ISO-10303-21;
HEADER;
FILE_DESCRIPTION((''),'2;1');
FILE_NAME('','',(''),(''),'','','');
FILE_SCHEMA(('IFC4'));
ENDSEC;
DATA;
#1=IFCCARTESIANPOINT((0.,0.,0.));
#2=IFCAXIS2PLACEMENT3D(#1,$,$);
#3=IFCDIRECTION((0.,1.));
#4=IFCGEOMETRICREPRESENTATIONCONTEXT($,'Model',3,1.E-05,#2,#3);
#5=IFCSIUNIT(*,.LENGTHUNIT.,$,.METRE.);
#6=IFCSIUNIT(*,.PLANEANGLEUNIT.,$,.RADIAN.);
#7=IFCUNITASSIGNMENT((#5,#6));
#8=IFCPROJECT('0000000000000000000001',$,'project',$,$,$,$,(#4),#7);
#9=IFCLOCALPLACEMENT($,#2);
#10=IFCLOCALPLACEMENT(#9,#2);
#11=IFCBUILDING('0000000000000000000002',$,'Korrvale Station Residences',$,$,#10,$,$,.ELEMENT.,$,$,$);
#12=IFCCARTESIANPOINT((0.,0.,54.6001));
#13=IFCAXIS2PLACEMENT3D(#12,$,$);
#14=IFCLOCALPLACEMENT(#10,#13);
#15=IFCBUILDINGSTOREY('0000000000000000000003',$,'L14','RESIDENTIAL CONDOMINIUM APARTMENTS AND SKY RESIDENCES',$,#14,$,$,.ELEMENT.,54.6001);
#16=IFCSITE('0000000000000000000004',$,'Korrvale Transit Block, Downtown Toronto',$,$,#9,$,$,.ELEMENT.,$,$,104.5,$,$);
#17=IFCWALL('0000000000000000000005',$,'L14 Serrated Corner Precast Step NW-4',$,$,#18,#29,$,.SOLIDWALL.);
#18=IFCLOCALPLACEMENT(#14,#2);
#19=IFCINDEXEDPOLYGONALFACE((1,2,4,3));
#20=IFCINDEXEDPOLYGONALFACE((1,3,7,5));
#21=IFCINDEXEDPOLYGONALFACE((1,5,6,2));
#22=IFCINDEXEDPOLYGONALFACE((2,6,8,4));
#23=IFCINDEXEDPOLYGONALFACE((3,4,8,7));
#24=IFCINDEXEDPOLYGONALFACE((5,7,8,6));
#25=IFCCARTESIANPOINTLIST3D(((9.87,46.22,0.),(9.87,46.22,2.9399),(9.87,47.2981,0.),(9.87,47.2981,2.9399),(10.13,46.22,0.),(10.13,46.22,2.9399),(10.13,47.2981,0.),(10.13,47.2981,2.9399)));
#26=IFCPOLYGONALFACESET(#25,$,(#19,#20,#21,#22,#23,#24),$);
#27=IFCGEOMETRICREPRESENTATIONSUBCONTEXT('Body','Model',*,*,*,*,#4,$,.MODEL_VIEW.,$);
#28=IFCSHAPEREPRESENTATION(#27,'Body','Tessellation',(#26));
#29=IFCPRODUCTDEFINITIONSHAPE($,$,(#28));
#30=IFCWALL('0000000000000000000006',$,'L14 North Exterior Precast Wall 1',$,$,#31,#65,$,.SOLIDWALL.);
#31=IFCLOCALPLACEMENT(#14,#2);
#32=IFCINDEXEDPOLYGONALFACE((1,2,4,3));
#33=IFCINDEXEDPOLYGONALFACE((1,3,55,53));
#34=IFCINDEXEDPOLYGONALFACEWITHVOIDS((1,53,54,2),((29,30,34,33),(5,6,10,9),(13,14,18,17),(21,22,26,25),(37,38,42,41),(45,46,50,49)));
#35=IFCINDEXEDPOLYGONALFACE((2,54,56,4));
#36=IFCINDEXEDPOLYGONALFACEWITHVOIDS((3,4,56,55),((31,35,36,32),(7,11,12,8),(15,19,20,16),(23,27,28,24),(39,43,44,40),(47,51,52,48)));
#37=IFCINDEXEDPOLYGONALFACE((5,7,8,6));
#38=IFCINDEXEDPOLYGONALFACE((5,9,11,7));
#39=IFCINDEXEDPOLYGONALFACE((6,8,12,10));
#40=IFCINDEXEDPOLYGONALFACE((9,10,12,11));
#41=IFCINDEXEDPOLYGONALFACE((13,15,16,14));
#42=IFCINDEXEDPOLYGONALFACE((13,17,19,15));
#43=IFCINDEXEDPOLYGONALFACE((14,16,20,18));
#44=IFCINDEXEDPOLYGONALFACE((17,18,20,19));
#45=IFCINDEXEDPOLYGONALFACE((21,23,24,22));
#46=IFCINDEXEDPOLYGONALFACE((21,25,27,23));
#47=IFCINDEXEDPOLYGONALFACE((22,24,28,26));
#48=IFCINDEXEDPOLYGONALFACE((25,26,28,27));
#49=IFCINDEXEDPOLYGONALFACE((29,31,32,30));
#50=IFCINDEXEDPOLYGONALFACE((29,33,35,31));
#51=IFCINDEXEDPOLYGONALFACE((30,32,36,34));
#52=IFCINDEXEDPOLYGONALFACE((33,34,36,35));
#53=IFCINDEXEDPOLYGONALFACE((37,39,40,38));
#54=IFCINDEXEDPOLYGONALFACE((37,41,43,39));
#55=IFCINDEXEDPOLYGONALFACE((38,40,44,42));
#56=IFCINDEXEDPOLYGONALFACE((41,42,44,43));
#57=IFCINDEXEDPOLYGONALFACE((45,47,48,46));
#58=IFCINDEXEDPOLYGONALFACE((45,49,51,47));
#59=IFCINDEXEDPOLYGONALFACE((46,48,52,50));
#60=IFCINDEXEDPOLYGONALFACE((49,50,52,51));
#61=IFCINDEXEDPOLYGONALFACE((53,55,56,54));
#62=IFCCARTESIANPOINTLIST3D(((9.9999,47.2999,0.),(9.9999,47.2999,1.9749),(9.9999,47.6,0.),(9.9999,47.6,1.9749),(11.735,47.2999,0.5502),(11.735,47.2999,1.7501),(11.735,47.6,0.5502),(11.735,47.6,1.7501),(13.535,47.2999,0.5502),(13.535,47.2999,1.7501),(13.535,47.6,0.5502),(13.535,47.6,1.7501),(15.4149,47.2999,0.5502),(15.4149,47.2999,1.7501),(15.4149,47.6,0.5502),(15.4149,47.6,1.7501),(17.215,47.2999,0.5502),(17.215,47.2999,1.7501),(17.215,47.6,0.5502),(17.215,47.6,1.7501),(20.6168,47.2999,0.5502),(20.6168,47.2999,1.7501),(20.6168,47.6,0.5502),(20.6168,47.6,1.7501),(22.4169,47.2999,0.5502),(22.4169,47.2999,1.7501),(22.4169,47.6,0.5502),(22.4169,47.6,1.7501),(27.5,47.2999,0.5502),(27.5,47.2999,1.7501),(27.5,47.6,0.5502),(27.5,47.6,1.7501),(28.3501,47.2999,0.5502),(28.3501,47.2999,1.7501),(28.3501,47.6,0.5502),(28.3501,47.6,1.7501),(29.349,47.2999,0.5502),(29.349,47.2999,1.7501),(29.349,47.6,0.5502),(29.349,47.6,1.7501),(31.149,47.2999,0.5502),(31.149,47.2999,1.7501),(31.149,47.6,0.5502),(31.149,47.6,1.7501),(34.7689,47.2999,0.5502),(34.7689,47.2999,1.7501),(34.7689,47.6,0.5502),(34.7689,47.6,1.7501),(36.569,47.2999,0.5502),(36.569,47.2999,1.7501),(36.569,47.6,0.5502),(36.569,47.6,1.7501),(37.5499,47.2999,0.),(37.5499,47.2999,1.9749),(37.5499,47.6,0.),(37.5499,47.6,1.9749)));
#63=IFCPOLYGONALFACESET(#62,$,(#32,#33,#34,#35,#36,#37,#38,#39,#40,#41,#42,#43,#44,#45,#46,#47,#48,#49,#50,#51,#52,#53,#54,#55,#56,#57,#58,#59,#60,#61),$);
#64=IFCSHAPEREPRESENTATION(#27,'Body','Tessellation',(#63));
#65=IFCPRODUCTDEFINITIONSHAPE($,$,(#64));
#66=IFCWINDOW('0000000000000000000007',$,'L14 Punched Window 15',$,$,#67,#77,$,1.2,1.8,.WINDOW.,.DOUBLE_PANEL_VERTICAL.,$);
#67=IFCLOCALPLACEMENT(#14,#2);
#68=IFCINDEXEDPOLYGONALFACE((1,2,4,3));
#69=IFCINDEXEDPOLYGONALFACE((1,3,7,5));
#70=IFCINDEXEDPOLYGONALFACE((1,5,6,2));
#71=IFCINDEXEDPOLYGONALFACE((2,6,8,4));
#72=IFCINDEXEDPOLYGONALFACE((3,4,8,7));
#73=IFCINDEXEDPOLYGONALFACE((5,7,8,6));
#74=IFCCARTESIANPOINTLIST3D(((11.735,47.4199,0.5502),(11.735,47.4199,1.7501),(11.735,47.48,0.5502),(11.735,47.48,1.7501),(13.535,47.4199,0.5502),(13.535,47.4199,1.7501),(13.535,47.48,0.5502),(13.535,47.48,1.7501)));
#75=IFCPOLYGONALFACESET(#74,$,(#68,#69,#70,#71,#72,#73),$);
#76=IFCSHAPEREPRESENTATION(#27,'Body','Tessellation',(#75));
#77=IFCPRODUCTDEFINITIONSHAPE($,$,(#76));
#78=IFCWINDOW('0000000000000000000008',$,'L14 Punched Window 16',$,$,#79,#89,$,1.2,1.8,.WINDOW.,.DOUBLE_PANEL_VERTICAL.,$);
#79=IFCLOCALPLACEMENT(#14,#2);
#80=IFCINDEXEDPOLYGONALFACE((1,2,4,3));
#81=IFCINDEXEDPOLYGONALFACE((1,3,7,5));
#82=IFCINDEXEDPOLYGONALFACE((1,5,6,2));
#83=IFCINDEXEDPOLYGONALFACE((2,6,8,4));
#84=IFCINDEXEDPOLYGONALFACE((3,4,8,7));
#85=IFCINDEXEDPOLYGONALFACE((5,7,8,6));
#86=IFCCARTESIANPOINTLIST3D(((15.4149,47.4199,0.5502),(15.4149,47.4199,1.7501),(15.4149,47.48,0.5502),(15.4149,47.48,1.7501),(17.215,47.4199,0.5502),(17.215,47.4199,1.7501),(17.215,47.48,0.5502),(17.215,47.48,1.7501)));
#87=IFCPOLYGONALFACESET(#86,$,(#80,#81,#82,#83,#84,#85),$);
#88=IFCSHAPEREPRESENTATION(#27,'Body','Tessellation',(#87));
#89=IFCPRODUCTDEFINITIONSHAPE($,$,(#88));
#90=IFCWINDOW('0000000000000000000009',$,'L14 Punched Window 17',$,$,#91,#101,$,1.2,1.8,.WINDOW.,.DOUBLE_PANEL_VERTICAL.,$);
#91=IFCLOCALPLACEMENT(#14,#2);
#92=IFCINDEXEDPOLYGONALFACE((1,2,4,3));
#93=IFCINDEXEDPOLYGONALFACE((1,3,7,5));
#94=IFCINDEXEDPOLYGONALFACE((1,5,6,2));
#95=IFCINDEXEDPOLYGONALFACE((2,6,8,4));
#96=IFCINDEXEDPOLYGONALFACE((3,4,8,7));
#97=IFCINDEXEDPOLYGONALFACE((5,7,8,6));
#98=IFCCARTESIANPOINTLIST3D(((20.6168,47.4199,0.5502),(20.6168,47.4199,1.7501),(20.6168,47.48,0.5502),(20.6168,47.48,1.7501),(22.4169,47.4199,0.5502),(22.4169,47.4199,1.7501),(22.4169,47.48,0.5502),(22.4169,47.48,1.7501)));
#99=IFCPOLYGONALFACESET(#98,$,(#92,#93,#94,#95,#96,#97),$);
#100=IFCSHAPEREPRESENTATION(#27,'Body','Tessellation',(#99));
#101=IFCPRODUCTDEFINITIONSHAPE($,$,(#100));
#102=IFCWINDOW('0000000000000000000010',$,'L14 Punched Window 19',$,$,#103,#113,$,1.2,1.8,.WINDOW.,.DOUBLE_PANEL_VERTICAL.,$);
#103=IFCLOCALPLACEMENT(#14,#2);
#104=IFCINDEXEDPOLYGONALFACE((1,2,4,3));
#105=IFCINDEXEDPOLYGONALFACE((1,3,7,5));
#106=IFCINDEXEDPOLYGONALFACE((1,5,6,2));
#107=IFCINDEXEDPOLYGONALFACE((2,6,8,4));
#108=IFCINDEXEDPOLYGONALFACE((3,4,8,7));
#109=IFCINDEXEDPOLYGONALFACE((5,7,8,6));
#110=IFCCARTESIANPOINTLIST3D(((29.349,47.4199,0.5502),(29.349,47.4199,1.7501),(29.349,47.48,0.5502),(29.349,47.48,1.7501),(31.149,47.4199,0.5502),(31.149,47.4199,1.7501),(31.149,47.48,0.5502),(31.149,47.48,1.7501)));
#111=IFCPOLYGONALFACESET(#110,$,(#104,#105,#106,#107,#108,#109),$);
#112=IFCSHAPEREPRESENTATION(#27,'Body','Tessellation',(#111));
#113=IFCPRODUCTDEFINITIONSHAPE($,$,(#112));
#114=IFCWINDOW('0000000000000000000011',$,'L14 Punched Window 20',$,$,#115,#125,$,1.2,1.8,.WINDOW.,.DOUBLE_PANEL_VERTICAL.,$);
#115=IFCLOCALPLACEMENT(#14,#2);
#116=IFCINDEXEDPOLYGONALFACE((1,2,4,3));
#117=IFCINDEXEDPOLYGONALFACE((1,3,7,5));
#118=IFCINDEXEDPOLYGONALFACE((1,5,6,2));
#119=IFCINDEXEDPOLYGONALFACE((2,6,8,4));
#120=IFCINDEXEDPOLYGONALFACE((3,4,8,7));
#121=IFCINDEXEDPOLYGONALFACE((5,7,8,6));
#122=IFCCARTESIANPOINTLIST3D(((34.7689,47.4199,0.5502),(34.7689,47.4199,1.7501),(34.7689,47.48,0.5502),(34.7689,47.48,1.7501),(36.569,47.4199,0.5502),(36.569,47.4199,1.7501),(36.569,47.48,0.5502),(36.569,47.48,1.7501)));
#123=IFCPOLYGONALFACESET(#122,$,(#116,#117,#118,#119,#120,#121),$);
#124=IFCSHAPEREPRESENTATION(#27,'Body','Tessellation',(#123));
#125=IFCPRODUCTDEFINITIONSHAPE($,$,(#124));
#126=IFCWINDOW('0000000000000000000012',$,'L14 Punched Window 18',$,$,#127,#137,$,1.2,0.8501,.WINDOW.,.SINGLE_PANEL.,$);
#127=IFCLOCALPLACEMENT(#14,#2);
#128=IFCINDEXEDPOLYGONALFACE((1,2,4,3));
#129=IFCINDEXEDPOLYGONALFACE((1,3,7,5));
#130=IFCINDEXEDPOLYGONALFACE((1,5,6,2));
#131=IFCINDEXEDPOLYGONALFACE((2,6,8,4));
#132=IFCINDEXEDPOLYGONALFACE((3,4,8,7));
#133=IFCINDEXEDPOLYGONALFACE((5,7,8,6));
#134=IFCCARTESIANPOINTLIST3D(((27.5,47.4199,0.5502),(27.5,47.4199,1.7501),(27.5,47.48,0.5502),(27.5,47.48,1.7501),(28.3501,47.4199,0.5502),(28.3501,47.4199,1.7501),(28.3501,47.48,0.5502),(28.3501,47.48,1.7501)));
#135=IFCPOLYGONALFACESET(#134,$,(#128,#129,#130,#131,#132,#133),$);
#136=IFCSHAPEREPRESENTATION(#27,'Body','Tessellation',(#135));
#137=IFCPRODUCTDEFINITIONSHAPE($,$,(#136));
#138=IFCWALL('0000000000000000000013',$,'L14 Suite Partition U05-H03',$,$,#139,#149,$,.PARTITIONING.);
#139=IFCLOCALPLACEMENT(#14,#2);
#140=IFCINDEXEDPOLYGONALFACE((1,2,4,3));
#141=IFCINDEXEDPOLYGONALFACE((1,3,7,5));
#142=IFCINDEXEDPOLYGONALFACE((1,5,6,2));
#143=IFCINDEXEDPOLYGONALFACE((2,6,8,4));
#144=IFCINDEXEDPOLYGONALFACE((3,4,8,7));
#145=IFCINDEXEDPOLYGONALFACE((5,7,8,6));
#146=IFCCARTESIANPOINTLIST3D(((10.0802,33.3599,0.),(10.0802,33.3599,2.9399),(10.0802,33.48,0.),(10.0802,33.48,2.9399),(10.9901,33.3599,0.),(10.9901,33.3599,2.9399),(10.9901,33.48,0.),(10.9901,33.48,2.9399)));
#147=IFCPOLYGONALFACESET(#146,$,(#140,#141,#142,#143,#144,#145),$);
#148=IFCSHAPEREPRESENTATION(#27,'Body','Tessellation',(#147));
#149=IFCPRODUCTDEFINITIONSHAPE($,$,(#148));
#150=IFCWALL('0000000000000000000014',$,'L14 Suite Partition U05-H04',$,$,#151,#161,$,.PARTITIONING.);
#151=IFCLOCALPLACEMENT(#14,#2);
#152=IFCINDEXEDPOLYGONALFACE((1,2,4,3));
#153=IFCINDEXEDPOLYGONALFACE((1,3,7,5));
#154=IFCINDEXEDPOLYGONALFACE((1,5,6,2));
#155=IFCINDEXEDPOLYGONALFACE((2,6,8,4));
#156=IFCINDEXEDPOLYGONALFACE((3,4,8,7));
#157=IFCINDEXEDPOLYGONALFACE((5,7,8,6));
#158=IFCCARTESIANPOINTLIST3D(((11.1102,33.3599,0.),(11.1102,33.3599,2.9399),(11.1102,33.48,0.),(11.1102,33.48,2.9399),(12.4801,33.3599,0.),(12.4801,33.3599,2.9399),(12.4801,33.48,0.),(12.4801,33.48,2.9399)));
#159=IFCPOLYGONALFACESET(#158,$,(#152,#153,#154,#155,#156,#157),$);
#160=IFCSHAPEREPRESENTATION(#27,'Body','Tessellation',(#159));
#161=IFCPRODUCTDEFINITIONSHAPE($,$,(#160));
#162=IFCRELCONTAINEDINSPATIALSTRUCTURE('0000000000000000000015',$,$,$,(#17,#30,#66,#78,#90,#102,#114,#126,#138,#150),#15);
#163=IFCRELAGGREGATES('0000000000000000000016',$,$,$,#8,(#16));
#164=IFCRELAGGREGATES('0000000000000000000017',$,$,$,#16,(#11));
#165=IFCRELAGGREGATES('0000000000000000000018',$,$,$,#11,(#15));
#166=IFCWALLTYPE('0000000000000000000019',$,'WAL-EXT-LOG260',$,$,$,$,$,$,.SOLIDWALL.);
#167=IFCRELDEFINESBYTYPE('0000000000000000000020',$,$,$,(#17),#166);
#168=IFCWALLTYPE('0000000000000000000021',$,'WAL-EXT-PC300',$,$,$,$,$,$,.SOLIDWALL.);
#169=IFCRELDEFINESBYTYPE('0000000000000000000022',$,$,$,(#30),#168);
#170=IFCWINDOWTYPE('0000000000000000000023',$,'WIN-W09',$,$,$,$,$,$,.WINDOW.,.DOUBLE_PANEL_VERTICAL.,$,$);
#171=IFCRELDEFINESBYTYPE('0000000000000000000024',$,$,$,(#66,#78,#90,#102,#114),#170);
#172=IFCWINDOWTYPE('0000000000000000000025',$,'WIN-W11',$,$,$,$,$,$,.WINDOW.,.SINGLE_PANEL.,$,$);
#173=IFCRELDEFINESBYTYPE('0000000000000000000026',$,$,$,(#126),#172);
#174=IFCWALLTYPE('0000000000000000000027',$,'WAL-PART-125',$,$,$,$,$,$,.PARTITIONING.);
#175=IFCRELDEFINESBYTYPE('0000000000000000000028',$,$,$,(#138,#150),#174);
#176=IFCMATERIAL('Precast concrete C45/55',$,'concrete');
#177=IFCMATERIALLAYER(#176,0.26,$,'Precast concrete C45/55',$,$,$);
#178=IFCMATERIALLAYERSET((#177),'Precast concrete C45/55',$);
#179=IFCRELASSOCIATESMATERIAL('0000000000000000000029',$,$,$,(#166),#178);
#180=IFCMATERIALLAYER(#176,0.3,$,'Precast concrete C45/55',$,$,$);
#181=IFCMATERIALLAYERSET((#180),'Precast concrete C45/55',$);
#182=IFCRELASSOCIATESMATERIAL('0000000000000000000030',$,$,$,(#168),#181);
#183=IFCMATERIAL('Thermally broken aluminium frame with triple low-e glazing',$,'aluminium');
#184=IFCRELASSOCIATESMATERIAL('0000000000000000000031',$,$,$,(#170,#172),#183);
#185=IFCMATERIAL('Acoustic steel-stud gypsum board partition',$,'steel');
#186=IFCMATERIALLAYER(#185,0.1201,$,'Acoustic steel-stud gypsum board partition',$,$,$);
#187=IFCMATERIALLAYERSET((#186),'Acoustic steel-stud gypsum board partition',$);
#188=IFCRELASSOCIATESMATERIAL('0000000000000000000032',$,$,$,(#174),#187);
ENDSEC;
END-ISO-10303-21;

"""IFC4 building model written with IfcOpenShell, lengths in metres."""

from ifc_helpers import new_model, si_unit, direction, frame, frame_2d, origin, place, context, subcontext, project, spatial, rectangle, extrude, material, layer, layer_set, type_object, element, fill, save


model = new_model("IFC4")

# Units and contexts
model_context = context("Model", 3, precision=1e-05, world=origin(), true_north=direction((0.0, 1.0)))
body_context = subcontext(model_context, "Body", "Model", "MODEL_VIEW")
ifc_project = project(units=[si_unit("LENGTHUNIT", "METRE"), si_unit("PLANEANGLEUNIT", "RADIAN")], contexts=[model_context])

# Site, building, storey
site_placement = place(None, origin())
site = spatial("IfcSite", under=ifc_project, at=site_placement, Name="Korrvale Transit Block, Downtown Toronto", CompositionType="ELEMENT", RefElevation=104.5)
building_placement = place(site_placement, origin())
building = spatial("IfcBuilding", under=site, at=building_placement, Name="Korrvale Station Residences", CompositionType="ELEMENT")
storey_placement = place(building_placement, frame((0.0, 0.0, 54.6001)))
storey = spatial("IfcBuildingStorey", under=building, at=storey_placement, Name="L14", Description="RESIDENTIAL CONDOMINIUM APARTMENTS AND SKY RESIDENCES", CompositionType="ELEMENT", Elevation=54.6001)

# Wall
ifc_material_1 = material(Name="Precast concrete C45/55", Category="concrete")
ifc_layer_1 = layer(ifc_material_1, 0.26, Name="Precast concrete C45/55")
ifc_layer_set_1 = layer_set([ifc_layer_1], Name="Precast concrete C45/55")
wall_type_1 = type_object("IfcWallType", Name="WAL-EXT-LOG260", PredefinedType="SOLIDWALL", material=ifc_layer_set_1)
wall_1_placement = place(storey_placement, frame((10.0, 46.22, 0.0), z_axis=(0.0, 0.0, 1.0), x_axis=(0.0, 1.0, 0.0)))
element("IfcWall", 1, at=wall_1_placement, inside=storey, type_object=wall_type_1, Name="L14 Serrated Corner Precast Step NW-4", PredefinedType="SOLIDWALL", context=body_context, shape_type="SweptSolid", body=[
    extrude(rectangle(XDim=1.0781, YDim=0.26, at=frame_2d((0.5391, 0.0))), origin(), (0.0, 0.0, 1.0), 2.9399),
])

# Wall, openings, windows
ifc_layer_2 = layer(ifc_material_1, 0.3, Name="Precast concrete C45/55")
ifc_layer_set_2 = layer_set([ifc_layer_2], Name="Precast concrete C45/55")
wall_type_2 = type_object("IfcWallType", Name="WAL-EXT-PC300", PredefinedType="SOLIDWALL", material=ifc_layer_set_2)
wall_2_placement = place(storey_placement, frame((10.0, 47.45, 0.0), z_axis=(0.0, 0.0, 1.0), x_axis=(1.0, 0.0, 0.0)))
wall_2 = element("IfcWall", 2, at=wall_2_placement, inside=storey, type_object=wall_type_2, Name="L14 North Exterior Precast Wall 1", PredefinedType="SOLIDWALL", context=body_context, shape_type="SweptSolid", body=[
    extrude(rectangle(XDim=27.55, YDim=0.3, at=frame_2d((13.7749, 0.0))), origin(), (0.0, 0.0, 1.0), 1.9749),
])
opening_1_placement = place(wall_2_placement, frame((1.7351, 0.0, 0.55)))
opening_1 = element("IfcOpeningElement", 3, at=opening_1_placement, cuts=wall_2, PredefinedType="OPENING", context=body_context, shape_type="SweptSolid", body=[
    extrude(rectangle(XDim=1.8, YDim=1.2, at=frame_2d((0.8999, 0.6001))), frame((0.0, 0.1602, 0.0), z_axis=(0.0, -1.0, 0.0), x_axis=(1.0, 0.0, 0.0)), (0.0, 0.0, 1.0), 0.3201),
])
opening_2_placement = place(wall_2_placement, frame((5.415, 0.0, 0.55)))
opening_2 = element("IfcOpeningElement", 4, at=opening_2_placement, cuts=wall_2, PredefinedType="OPENING", context=body_context, shape_type="SweptSolid", body=[
    extrude(rectangle(XDim=1.8, YDim=1.2, at=frame_2d((0.8999, 0.6001))), frame((0.0, 0.1602, 0.0), z_axis=(0.0, -1.0, 0.0), x_axis=(1.0, 0.0, 0.0)), (0.0, 0.0, 1.0), 0.3201),
])
opening_3_placement = place(wall_2_placement, frame((10.6169, 0.0, 0.55)))
opening_3 = element("IfcOpeningElement", 5, at=opening_3_placement, cuts=wall_2, PredefinedType="OPENING", context=body_context, shape_type="SweptSolid", body=[
    extrude(rectangle(XDim=1.8, YDim=1.2, at=frame_2d((0.8999, 0.6001))), frame((0.0, 0.1602, 0.0), z_axis=(0.0, -1.0, 0.0), x_axis=(1.0, 0.0, 0.0)), (0.0, 0.0, 1.0), 0.3201),
])
opening_4_placement = place(wall_2_placement, frame((17.5, 0.0, 0.55)))
opening_4 = element("IfcOpeningElement", 6, at=opening_4_placement, cuts=wall_2, PredefinedType="OPENING", context=body_context, shape_type="SweptSolid", body=[
    extrude(rectangle(XDim=0.8501, YDim=1.2, at=frame_2d((0.425, 0.6001))), frame((0.0, 0.1602, 0.0), z_axis=(0.0, -1.0, 0.0), x_axis=(1.0, 0.0, 0.0)), (0.0, 0.0, 1.0), 0.3201),
])
opening_5_placement = place(wall_2_placement, frame((19.3491, 0.0, 0.55)))
opening_5 = element("IfcOpeningElement", 7, at=opening_5_placement, cuts=wall_2, PredefinedType="OPENING", context=body_context, shape_type="SweptSolid", body=[
    extrude(rectangle(XDim=1.8, YDim=1.2, at=frame_2d((0.8999, 0.6001))), frame((0.0, 0.1602, 0.0), z_axis=(0.0, -1.0, 0.0), x_axis=(1.0, 0.0, 0.0)), (0.0, 0.0, 1.0), 0.3201),
])
opening_6_placement = place(wall_2_placement, frame((24.769, 0.0, 0.55)))
opening_6 = element("IfcOpeningElement", 8, at=opening_6_placement, cuts=wall_2, PredefinedType="OPENING", context=body_context, shape_type="SweptSolid", body=[
    extrude(rectangle(XDim=1.8, YDim=1.2, at=frame_2d((0.8999, 0.6001))), frame((0.0, 0.1602, 0.0), z_axis=(0.0, -1.0, 0.0), x_axis=(1.0, 0.0, 0.0)), (0.0, 0.0, 1.0), 0.3201),
])
ifc_material_2 = material(Name="Thermally broken aluminium frame with triple low-e glazing", Category="aluminium")
window_type_1 = type_object("IfcWindowType", Name="WIN-W09", PartitioningType="DOUBLE_PANEL_VERTICAL", PredefinedType="WINDOW", material=ifc_material_2)
window_1_placement = place(opening_1_placement, origin())
window_1 = element("IfcWindow", 9, at=window_1_placement, inside=storey, type_object=window_type_1, Name="L14 Punched Window 15", OverallHeight=1.2, OverallWidth=1.8, PartitioningType="DOUBLE_PANEL_VERTICAL", PredefinedType="WINDOW", context=body_context, shape_type="SweptSolid", body=[
    extrude(rectangle(XDim=1.8, YDim=1.2, at=frame_2d((0.8999, 0.6001))), frame((0.0, 0.03, 0.0), z_axis=(0.0, -1.0, 0.0), x_axis=(1.0, 0.0, 0.0)), (0.0, 0.0, 1.0), 0.0601),
])
fill(opening_1, window_1)
window_2_placement = place(opening_2_placement, origin())
window_2 = element("IfcWindow", 10, at=window_2_placement, inside=storey, type_object=window_type_1, Name="L14 Punched Window 16", OverallHeight=1.2, OverallWidth=1.8, PartitioningType="DOUBLE_PANEL_VERTICAL", PredefinedType="WINDOW", context=body_context, shape_type="SweptSolid", body=[
    extrude(rectangle(XDim=1.8, YDim=1.2, at=frame_2d((0.8999, 0.6001))), frame((0.0, 0.03, 0.0), z_axis=(0.0, -1.0, 0.0), x_axis=(1.0, 0.0, 0.0)), (0.0, 0.0, 1.0), 0.0601),
])
fill(opening_2, window_2)
window_3_placement = place(opening_3_placement, origin())
window_3 = element("IfcWindow", 11, at=window_3_placement, inside=storey, type_object=window_type_1, Name="L14 Punched Window 17", OverallHeight=1.2, OverallWidth=1.8, PartitioningType="DOUBLE_PANEL_VERTICAL", PredefinedType="WINDOW", context=body_context, shape_type="SweptSolid", body=[
    extrude(rectangle(XDim=1.8, YDim=1.2, at=frame_2d((0.8999, 0.6001))), frame((0.0, 0.03, 0.0), z_axis=(0.0, -1.0, 0.0), x_axis=(1.0, 0.0, 0.0)), (0.0, 0.0, 1.0), 0.0601),
])
fill(opening_3, window_3)
window_4_placement = place(opening_5_placement, origin())
window_4 = element("IfcWindow", 12, at=window_4_placement, inside=storey, type_object=window_type_1, Name="L14 Punched Window 19", OverallHeight=1.2, OverallWidth=1.8, PartitioningType="DOUBLE_PANEL_VERTICAL", PredefinedType="WINDOW", context=body_context, shape_type="SweptSolid", body=[
    extrude(rectangle(XDim=1.8, YDim=1.2, at=frame_2d((0.8999, 0.6001))), frame((0.0, 0.03, 0.0), z_axis=(0.0, -1.0, 0.0), x_axis=(1.0, 0.0, 0.0)), (0.0, 0.0, 1.0), 0.0601),
])
fill(opening_5, window_4)
window_5_placement = place(opening_6_placement, origin())
window_5 = element("IfcWindow", 13, at=window_5_placement, inside=storey, type_object=window_type_1, Name="L14 Punched Window 20", OverallHeight=1.2, OverallWidth=1.8, PartitioningType="DOUBLE_PANEL_VERTICAL", PredefinedType="WINDOW", context=body_context, shape_type="SweptSolid", body=[
    extrude(rectangle(XDim=1.8, YDim=1.2, at=frame_2d((0.8999, 0.6001))), frame((0.0, 0.03, 0.0), z_axis=(0.0, -1.0, 0.0), x_axis=(1.0, 0.0, 0.0)), (0.0, 0.0, 1.0), 0.0601),
])
fill(opening_6, window_5)
window_type_2 = type_object("IfcWindowType", Name="WIN-W11", PartitioningType="SINGLE_PANEL", PredefinedType="WINDOW", material=ifc_material_2)
window_6_placement = place(opening_4_placement, origin())
window_6 = element("IfcWindow", 14, at=window_6_placement, inside=storey, type_object=window_type_2, Name="L14 Punched Window 18", OverallHeight=1.2, OverallWidth=0.8501, PartitioningType="SINGLE_PANEL", PredefinedType="WINDOW", context=body_context, shape_type="SweptSolid", body=[
    extrude(rectangle(XDim=0.8501, YDim=1.2, at=frame_2d((0.425, 0.6001))), frame((0.0, 0.03, 0.0), z_axis=(0.0, -1.0, 0.0), x_axis=(1.0, 0.0, 0.0)), (0.0, 0.0, 1.0), 0.0601),
])
fill(opening_4, window_6)

# Walls
ifc_material_3 = material(Name="Acoustic steel-stud gypsum board partition", Category="steel")
ifc_layer_3 = layer(ifc_material_3, 0.1201, Name="Acoustic steel-stud gypsum board partition")
ifc_layer_set_3 = layer_set([ifc_layer_3], Name="Acoustic steel-stud gypsum board partition")
wall_type_3 = type_object("IfcWallType", Name="WAL-PART-125", PredefinedType="PARTITIONING", material=ifc_layer_set_3)
wall_3_placement = place(storey_placement, frame((10.0801, 33.4199, 0.0), z_axis=(0.0, 0.0, 1.0), x_axis=(1.0, 0.0, 0.0)))
element("IfcWall", 15, at=wall_3_placement, inside=storey, type_object=wall_type_3, Name="L14 Suite Partition U05-H03", PredefinedType="PARTITIONING", context=body_context, shape_type="SweptSolid", body=[
    extrude(rectangle(XDim=0.9099, YDim=0.1201, at=frame_2d((0.4551, 0.0))), origin(), (0.0, 0.0, 1.0), 2.9399),
])
wall_4_placement = place(storey_placement, frame((11.1101, 33.4199, 0.0), z_axis=(0.0, 0.0, 1.0), x_axis=(1.0, 0.0, 0.0)))
element("IfcWall", 16, at=wall_4_placement, inside=storey, type_object=wall_type_3, Name="L14 Suite Partition U05-H04", PredefinedType="PARTITIONING", context=body_context, shape_type="SweptSolid", body=[
    extrude(rectangle(XDim=1.3699, YDim=0.1201, at=frame_2d((0.6851, 0.0))), origin(), (0.0, 0.0, 1.0), 2.9399),
])

save(model, "model.ifc")
